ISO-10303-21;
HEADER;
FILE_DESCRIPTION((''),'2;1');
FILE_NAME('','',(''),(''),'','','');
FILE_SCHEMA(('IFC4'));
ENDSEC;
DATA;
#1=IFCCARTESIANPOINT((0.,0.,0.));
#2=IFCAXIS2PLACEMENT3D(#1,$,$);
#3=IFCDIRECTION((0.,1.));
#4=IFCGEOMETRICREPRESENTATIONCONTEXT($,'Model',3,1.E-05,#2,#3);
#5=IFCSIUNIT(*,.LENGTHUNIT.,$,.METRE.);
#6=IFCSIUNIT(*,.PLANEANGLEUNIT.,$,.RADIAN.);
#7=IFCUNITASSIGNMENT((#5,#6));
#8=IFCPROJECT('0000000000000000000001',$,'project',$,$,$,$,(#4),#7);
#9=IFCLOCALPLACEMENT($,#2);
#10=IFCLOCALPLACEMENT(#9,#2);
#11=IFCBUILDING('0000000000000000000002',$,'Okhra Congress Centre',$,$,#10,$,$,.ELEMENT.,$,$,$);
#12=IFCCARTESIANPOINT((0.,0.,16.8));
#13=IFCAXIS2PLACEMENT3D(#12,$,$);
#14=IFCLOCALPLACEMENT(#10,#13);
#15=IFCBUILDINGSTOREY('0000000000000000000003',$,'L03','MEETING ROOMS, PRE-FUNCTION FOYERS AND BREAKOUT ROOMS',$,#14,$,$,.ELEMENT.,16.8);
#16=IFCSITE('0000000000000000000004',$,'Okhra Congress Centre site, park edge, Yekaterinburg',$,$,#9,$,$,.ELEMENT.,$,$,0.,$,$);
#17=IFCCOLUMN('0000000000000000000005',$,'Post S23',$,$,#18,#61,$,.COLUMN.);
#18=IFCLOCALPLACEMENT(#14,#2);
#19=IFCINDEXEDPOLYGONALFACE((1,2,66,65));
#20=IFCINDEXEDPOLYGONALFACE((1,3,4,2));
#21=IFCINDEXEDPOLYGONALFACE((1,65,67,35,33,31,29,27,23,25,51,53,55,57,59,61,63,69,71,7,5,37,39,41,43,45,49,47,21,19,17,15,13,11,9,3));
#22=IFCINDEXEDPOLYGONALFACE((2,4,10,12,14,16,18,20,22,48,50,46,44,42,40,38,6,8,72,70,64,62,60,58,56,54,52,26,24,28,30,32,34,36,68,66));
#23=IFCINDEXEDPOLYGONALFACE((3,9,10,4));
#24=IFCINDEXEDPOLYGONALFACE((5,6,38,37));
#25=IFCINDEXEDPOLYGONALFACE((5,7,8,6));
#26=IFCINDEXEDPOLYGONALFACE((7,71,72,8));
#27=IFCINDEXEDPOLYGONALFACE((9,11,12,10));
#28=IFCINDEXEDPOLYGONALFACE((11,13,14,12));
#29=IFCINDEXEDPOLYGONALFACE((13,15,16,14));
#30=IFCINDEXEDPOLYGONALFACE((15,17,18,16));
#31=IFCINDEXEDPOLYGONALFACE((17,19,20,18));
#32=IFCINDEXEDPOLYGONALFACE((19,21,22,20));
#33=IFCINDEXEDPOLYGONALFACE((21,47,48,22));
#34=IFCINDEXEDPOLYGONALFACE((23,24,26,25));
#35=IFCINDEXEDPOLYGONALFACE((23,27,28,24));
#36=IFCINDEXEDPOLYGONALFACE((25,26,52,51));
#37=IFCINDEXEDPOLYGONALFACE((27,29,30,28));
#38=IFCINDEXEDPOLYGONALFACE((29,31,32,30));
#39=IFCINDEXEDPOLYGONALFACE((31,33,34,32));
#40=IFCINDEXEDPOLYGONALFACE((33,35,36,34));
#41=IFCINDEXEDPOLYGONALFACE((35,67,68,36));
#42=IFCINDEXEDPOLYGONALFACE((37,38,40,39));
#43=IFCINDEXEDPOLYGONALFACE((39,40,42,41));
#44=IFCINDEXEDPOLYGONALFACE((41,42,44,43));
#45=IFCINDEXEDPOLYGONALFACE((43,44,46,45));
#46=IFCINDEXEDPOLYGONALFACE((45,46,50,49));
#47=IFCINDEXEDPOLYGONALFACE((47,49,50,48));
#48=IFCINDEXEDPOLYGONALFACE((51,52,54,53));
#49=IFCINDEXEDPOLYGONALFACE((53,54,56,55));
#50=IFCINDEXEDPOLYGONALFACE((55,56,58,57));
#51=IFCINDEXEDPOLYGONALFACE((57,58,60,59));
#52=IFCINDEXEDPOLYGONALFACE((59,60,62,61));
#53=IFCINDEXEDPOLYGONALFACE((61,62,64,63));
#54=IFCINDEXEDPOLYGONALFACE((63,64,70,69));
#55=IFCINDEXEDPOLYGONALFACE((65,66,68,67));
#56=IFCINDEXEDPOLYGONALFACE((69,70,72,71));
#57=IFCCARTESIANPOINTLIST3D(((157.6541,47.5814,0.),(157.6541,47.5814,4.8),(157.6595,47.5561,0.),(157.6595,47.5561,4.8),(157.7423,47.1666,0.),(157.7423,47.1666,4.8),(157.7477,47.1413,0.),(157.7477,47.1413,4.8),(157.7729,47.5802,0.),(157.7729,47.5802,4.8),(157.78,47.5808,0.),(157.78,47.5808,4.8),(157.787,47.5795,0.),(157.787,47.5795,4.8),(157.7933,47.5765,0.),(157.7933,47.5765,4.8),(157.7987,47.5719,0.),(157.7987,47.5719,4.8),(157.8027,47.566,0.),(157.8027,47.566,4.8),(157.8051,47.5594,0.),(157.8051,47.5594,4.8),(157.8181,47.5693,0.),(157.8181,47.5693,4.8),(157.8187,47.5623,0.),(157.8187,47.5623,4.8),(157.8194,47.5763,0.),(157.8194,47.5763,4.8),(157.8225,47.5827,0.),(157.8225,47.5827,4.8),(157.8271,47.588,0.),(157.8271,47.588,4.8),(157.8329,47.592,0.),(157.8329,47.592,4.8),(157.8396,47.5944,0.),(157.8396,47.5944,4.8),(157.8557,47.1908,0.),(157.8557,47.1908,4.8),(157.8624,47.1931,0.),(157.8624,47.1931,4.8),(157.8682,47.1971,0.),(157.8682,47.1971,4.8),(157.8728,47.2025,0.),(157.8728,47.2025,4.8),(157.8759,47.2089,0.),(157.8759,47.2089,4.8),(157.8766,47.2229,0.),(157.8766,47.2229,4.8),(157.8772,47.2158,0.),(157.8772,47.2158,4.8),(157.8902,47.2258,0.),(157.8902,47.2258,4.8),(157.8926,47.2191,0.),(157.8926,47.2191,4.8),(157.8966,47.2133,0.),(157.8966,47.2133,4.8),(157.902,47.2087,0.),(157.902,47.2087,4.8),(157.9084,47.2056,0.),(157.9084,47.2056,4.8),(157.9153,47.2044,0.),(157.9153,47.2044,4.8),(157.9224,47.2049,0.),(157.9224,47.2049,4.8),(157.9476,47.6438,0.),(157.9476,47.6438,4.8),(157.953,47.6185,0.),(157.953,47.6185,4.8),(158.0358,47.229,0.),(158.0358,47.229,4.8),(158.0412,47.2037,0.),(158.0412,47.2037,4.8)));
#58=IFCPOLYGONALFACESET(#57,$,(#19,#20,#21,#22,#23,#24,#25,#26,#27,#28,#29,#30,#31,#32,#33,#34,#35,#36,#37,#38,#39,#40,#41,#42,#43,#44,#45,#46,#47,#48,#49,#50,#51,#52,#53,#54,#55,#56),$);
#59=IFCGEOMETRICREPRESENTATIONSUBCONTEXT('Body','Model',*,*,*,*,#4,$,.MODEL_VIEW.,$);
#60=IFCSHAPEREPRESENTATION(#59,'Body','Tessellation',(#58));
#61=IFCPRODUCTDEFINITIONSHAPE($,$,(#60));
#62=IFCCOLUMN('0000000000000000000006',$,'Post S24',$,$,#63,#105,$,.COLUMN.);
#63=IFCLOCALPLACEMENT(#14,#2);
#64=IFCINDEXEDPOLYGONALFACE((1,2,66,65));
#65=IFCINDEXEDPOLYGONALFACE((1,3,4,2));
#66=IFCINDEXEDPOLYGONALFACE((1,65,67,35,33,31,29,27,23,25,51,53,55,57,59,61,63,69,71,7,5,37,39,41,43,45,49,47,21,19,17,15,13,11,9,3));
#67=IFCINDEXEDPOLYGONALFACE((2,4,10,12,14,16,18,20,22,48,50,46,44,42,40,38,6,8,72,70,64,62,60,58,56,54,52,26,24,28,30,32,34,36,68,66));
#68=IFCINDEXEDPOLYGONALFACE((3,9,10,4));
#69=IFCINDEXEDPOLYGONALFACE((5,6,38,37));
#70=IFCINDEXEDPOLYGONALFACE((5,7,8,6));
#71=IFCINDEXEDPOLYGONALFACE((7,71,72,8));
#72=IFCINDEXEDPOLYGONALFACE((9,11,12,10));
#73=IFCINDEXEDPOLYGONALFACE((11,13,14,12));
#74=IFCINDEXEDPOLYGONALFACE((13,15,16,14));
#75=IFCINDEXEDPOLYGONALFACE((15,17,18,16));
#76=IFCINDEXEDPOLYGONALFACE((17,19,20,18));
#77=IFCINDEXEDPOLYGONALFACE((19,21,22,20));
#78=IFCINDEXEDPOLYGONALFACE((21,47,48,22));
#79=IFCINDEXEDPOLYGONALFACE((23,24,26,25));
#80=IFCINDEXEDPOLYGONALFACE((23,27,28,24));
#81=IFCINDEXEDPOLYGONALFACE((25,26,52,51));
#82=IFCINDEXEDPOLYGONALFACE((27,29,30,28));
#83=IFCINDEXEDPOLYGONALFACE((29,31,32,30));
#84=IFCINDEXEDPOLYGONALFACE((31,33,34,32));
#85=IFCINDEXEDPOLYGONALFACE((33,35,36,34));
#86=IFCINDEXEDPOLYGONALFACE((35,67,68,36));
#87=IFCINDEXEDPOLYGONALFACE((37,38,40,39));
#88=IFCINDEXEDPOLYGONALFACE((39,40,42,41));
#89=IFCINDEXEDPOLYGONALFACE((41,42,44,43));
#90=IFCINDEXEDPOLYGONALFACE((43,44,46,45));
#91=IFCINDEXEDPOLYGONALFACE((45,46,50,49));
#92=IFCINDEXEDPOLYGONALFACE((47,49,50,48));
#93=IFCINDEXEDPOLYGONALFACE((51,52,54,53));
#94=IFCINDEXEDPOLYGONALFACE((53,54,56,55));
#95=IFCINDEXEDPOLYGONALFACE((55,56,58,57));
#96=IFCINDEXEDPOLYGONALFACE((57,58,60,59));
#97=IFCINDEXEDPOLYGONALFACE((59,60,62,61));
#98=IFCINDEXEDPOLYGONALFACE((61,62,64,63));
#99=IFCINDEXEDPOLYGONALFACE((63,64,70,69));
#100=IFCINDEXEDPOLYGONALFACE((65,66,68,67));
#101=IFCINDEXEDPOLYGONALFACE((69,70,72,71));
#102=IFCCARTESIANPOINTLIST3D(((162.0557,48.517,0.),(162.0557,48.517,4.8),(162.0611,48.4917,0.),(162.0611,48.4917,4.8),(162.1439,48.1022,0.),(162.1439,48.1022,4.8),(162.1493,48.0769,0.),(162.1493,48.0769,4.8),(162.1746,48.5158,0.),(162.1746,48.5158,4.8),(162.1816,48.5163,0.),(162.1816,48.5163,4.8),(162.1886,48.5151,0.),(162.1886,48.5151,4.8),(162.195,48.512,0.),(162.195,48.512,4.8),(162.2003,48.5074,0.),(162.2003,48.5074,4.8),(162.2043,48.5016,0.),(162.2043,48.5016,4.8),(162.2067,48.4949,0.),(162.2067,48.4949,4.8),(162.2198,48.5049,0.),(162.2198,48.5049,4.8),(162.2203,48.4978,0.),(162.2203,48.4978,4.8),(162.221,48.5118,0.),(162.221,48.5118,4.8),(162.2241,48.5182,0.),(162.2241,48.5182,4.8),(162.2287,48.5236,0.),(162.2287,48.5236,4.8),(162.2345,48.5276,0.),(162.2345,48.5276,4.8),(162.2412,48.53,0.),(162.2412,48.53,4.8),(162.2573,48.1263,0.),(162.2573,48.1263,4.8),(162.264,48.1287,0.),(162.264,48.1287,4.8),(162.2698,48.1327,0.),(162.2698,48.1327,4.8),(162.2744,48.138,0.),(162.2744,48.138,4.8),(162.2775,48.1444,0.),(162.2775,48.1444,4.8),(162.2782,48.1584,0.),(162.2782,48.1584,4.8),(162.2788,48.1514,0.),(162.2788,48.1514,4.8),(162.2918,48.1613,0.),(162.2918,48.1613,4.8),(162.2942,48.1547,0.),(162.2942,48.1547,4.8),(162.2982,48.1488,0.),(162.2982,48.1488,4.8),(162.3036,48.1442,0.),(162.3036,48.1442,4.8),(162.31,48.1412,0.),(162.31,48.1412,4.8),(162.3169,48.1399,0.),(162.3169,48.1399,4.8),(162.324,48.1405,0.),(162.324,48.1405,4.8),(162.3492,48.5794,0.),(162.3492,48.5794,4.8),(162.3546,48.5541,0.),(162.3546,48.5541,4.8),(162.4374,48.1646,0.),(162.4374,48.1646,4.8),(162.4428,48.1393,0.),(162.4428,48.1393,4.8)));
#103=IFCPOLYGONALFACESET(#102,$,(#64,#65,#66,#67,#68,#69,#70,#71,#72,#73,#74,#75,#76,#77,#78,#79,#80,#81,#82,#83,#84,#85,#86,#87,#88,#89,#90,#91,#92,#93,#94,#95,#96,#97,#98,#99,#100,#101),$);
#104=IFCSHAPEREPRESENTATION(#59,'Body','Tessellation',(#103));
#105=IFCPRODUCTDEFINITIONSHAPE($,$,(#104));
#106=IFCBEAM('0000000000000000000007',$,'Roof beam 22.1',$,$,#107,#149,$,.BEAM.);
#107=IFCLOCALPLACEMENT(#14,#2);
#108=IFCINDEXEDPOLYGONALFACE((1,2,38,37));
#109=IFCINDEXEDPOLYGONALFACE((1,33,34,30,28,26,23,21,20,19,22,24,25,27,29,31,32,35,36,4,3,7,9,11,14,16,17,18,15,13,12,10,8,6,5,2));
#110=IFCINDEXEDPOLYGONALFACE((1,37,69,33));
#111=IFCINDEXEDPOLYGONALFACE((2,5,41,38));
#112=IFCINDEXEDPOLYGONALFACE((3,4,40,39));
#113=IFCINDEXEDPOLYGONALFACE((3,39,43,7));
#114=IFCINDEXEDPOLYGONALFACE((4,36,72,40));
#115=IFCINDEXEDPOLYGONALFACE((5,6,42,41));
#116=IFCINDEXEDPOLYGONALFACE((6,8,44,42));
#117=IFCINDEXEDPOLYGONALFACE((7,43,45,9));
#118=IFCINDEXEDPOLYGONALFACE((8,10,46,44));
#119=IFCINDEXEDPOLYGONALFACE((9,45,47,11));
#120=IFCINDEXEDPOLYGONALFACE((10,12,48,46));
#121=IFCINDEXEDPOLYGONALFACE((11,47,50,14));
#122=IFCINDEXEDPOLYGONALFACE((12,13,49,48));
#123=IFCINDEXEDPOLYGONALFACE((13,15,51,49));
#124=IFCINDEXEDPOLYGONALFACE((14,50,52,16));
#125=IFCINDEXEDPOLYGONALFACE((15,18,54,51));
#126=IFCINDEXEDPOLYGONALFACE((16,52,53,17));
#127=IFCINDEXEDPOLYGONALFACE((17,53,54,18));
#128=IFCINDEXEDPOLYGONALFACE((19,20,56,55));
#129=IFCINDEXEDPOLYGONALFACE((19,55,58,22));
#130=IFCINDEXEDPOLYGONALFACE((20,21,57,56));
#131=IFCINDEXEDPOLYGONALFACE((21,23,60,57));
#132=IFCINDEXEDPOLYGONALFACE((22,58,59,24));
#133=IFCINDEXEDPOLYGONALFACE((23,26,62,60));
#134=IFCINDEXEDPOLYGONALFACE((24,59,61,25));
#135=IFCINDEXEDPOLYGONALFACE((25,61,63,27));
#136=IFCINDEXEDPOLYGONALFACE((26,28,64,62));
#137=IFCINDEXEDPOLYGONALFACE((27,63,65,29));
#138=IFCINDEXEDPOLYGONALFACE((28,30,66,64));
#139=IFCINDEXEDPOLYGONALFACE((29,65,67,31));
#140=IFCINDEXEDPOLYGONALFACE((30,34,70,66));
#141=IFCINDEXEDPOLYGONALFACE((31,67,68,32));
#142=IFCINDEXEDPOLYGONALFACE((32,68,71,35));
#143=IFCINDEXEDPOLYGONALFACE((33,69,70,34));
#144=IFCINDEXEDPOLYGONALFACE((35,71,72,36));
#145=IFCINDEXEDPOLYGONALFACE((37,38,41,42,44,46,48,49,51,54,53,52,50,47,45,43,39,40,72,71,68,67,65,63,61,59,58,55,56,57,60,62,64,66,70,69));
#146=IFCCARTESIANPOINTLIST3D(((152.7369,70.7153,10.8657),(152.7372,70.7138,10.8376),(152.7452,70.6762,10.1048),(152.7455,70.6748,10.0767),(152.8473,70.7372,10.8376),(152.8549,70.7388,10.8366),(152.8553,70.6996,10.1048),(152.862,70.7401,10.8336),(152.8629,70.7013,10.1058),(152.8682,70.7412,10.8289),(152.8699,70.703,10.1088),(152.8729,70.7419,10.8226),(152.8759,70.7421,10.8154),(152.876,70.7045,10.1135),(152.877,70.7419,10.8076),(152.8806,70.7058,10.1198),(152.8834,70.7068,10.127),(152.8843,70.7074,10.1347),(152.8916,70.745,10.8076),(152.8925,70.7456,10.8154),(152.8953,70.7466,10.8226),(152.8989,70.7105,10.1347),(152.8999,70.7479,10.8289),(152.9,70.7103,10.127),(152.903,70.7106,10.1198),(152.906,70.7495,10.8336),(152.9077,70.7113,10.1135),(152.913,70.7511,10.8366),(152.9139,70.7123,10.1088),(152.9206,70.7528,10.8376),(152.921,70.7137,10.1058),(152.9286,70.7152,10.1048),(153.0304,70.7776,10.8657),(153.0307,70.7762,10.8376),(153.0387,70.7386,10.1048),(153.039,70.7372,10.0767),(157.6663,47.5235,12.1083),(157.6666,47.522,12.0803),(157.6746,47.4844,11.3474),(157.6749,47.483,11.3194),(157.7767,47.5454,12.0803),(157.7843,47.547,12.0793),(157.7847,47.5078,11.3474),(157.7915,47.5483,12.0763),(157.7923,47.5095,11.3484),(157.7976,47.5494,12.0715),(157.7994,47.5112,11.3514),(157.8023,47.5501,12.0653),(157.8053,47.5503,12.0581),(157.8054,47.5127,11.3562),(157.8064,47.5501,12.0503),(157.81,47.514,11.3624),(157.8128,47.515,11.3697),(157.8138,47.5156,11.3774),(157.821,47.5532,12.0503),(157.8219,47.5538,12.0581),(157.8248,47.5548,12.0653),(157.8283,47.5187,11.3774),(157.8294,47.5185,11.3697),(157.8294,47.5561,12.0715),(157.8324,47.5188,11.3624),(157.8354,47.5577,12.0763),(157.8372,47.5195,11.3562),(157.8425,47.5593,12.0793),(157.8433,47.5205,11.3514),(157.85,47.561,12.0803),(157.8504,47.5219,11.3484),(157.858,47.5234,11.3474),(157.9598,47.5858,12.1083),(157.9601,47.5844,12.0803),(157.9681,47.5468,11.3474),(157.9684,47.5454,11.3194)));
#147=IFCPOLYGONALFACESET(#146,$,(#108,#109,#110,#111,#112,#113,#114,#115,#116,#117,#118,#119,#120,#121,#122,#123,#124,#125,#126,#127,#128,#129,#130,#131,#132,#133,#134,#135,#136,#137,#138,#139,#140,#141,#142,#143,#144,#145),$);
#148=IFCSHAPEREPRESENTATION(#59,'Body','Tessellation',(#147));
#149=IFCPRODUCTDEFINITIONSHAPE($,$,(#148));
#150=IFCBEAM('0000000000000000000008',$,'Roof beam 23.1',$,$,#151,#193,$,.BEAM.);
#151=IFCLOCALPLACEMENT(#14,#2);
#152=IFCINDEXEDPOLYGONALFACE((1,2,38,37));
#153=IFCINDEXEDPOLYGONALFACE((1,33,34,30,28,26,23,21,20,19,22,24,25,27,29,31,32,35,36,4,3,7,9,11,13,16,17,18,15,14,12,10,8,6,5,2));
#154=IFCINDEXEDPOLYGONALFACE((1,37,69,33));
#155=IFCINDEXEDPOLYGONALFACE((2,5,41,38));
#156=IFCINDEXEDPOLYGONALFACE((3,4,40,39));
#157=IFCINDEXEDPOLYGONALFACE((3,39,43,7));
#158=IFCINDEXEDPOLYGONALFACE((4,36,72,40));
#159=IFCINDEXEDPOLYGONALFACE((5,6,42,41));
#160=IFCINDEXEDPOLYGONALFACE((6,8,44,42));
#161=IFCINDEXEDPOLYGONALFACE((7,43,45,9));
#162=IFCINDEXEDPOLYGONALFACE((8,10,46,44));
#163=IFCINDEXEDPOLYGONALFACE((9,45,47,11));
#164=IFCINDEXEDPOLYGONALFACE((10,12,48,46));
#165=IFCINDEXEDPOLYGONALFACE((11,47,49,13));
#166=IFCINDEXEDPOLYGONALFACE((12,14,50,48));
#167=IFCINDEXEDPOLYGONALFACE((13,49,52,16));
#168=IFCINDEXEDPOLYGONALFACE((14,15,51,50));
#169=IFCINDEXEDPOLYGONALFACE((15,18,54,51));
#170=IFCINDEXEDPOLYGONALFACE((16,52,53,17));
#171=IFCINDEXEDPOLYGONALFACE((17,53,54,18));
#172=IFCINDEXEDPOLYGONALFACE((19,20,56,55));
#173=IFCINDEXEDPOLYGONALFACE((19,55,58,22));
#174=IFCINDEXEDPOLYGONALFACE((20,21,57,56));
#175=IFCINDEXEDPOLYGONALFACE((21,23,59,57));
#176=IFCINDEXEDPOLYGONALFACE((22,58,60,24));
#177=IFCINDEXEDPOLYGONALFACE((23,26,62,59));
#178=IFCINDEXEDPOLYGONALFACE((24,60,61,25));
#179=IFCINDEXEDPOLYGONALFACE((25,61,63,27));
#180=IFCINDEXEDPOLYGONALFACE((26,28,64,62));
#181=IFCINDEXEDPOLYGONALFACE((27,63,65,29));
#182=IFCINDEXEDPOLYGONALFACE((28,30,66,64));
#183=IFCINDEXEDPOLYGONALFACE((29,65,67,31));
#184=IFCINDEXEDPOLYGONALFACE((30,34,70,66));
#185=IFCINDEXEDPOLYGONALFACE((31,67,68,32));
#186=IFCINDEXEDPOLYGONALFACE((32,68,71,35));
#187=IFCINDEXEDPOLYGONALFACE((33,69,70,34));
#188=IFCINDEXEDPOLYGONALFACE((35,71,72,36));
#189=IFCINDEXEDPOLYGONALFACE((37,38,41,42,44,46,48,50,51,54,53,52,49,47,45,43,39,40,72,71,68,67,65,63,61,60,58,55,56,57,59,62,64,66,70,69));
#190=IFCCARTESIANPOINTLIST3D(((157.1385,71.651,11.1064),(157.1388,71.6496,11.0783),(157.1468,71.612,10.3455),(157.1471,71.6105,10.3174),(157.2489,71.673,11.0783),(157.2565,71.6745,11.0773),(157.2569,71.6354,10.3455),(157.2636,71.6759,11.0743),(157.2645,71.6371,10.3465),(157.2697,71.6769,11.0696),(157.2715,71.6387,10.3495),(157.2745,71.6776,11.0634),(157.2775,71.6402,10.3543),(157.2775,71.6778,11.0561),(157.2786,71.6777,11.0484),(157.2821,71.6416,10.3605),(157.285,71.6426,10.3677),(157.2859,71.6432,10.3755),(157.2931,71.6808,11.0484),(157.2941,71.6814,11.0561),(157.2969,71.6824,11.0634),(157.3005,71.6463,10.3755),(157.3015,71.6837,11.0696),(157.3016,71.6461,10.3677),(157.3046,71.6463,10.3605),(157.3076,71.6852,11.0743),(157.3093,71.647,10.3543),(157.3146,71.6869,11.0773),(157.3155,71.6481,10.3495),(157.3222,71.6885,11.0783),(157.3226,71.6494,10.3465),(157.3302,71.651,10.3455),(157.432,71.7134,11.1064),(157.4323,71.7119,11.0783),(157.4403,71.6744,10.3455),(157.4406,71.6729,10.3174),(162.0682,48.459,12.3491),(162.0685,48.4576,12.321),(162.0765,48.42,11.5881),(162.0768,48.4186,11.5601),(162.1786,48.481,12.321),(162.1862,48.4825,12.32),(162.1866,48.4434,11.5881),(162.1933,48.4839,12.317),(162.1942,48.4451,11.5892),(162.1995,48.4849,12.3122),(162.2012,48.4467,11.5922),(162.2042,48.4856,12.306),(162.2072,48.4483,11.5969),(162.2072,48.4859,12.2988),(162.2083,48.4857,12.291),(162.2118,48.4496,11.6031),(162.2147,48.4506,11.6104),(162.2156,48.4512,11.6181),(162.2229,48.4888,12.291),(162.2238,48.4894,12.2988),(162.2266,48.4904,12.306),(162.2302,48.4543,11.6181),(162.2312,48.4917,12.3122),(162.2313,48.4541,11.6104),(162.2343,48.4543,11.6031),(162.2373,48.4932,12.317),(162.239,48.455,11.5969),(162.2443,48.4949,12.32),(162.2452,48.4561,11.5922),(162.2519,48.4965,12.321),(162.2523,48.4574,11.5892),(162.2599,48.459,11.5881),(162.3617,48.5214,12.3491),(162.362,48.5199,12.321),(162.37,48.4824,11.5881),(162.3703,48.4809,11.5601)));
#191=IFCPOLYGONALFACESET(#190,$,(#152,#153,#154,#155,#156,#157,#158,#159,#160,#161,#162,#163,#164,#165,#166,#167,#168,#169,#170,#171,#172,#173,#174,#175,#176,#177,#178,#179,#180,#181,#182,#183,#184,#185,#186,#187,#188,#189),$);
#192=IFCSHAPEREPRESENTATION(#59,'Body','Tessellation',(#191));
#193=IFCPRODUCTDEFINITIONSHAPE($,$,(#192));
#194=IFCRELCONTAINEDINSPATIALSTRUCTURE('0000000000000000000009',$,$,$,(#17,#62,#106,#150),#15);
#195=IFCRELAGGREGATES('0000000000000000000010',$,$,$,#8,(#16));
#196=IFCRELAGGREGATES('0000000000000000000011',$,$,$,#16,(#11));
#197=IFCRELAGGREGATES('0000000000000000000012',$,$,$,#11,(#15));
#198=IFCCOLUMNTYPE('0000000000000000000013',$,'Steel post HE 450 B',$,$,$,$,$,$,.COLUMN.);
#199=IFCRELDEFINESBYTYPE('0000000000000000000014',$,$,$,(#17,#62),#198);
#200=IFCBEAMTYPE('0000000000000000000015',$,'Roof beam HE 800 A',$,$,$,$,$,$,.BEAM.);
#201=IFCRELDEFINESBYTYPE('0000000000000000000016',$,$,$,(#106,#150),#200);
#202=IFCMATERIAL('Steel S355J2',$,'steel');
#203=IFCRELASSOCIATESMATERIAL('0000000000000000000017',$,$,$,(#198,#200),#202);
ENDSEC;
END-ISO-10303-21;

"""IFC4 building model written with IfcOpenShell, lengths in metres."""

from ifc_helpers import new_model, si_unit, direction, frame, origin, origin_2d, place, context, subcontext, project, spatial, i_section, extrude, material, material_profile, profile_set, type_object, element, save


model = new_model("IFC4")

# Units and contexts
model_context = context("Model", 3, precision=1e-05, world=origin(), true_north=direction((0.0, 1.0)))
body_context = subcontext(model_context, "Body", "Model", "MODEL_VIEW")
ifc_project = project(units=[si_unit("LENGTHUNIT", "METRE"), si_unit("PLANEANGLEUNIT", "RADIAN")], contexts=[model_context])

# Site, building, storey
site_placement = place(None, origin())
site = spatial("IfcSite", under=ifc_project, at=site_placement, Name="Okhra Congress Centre site, park edge, Yekaterinburg", CompositionType="ELEMENT", RefElevation=0.0)
building_placement = place(site_placement, origin())
building = spatial("IfcBuilding", under=site, at=building_placement, Name="Okhra Congress Centre", CompositionType="ELEMENT")
storey_placement = place(building_placement, frame((0.0, 0.0, 16.8)))
storey = spatial("IfcBuildingStorey", under=building, at=storey_placement, Name="L03", Description="MEETING ROOMS, PRE-FUNCTION FOYERS AND BREAKOUT ROOMS", CompositionType="ELEMENT", Elevation=16.8)

# Columns
ifc_material_1 = material(Name="Steel S355J2", Category="steel")
ifc_material_profile_1 = material_profile(ifc_material_1, i_section(OverallWidth=0.3, OverallDepth=0.45, WebThickness=0.0139, FlangeThickness=0.0259, FilletRadius=0.0271, at=origin_2d()), Name="HE 450 B")
ifc_profile_set_1 = profile_set([ifc_material_profile_1], Name="Steel S355J2")
column_type = type_object("IfcColumnType", Name="Steel post HE 450 B", PredefinedType="COLUMN", material=ifc_profile_set_1)
for number, where, z_axis, x_axis, name in (
    (1, (157.8477, 47.3926, 0.0), (0.0, 0.0, 1.0), (0.978148, 0.207912, 0.0), "Post S23"),
    (2, (162.2493, 48.3281, 0.0), (0.0, 0.0, 1.0), (0.978148, 0.207912, 0.0), "Post S24"),
):
    element("IfcColumn", number, at=place(storey_placement, frame(where, z_axis=z_axis, x_axis=x_axis)), inside=storey, type_object=column_type, Name=name, PredefinedType="COLUMN", context=body_context, shape_type="SweptSolid", body=[
        extrude(i_section(OverallWidth=0.3, OverallDepth=0.45, WebThickness=0.0139, FlangeThickness=0.0259, FilletRadius=0.0271, at=origin_2d()), origin(), (0.0, 0.0, 1.0), 4.8),
    ])

# Beams
ifc_material_profile_2 = material_profile(ifc_material_1, i_section(OverallWidth=0.3, OverallDepth=0.79, WebThickness=0.0149, FlangeThickness=0.0281, FilletRadius=0.03, at=origin_2d()), Name="HE 800 A")
ifc_profile_set_2 = profile_set([ifc_material_profile_2], Name="Steel S355J2")
beam_type = type_object("IfcBeamType", Name="Roof beam HE 800 A", PredefinedType="BEAM", material=ifc_profile_set_2)
beam_1_placement = place(storey_placement, frame((157.8174, 47.5344, 11.7139), z_axis=(-0.207621, 0.976808, -0.05234), x_axis=(-0.978149, -0.207906, 0.0)))
element("IfcBeam", 3, at=beam_1_placement, inside=storey, type_object=beam_type, Name="Roof beam 22.1", PredefinedType="BEAM", context=body_context, shape_type="SweptSolid", body=[
    extrude(i_section(OverallWidth=0.3, OverallDepth=0.79, WebThickness=0.0149, FlangeThickness=0.0281, FilletRadius=0.03, at=origin_2d()), origin(), (0.0, 0.0, 1.0), 23.7424),
])
beam_2_placement = place(storey_placement, frame((162.2192, 48.47, 11.9546), z_axis=(-0.207631, 0.976806, -0.05234), x_axis=(-0.978147, -0.207916, 0.0)))
element("IfcBeam", 4, at=beam_2_placement, inside=storey, type_object=beam_type, Name="Roof beam 23.1", PredefinedType="BEAM", context=body_context, shape_type="SweptSolid", body=[
    extrude(i_section(OverallWidth=0.3, OverallDepth=0.79, WebThickness=0.0149, FlangeThickness=0.0281, FilletRadius=0.03, at=origin_2d()), origin(), (0.0, 0.0, 1.0), 23.7427),
])

save(model, "model.ifc")
